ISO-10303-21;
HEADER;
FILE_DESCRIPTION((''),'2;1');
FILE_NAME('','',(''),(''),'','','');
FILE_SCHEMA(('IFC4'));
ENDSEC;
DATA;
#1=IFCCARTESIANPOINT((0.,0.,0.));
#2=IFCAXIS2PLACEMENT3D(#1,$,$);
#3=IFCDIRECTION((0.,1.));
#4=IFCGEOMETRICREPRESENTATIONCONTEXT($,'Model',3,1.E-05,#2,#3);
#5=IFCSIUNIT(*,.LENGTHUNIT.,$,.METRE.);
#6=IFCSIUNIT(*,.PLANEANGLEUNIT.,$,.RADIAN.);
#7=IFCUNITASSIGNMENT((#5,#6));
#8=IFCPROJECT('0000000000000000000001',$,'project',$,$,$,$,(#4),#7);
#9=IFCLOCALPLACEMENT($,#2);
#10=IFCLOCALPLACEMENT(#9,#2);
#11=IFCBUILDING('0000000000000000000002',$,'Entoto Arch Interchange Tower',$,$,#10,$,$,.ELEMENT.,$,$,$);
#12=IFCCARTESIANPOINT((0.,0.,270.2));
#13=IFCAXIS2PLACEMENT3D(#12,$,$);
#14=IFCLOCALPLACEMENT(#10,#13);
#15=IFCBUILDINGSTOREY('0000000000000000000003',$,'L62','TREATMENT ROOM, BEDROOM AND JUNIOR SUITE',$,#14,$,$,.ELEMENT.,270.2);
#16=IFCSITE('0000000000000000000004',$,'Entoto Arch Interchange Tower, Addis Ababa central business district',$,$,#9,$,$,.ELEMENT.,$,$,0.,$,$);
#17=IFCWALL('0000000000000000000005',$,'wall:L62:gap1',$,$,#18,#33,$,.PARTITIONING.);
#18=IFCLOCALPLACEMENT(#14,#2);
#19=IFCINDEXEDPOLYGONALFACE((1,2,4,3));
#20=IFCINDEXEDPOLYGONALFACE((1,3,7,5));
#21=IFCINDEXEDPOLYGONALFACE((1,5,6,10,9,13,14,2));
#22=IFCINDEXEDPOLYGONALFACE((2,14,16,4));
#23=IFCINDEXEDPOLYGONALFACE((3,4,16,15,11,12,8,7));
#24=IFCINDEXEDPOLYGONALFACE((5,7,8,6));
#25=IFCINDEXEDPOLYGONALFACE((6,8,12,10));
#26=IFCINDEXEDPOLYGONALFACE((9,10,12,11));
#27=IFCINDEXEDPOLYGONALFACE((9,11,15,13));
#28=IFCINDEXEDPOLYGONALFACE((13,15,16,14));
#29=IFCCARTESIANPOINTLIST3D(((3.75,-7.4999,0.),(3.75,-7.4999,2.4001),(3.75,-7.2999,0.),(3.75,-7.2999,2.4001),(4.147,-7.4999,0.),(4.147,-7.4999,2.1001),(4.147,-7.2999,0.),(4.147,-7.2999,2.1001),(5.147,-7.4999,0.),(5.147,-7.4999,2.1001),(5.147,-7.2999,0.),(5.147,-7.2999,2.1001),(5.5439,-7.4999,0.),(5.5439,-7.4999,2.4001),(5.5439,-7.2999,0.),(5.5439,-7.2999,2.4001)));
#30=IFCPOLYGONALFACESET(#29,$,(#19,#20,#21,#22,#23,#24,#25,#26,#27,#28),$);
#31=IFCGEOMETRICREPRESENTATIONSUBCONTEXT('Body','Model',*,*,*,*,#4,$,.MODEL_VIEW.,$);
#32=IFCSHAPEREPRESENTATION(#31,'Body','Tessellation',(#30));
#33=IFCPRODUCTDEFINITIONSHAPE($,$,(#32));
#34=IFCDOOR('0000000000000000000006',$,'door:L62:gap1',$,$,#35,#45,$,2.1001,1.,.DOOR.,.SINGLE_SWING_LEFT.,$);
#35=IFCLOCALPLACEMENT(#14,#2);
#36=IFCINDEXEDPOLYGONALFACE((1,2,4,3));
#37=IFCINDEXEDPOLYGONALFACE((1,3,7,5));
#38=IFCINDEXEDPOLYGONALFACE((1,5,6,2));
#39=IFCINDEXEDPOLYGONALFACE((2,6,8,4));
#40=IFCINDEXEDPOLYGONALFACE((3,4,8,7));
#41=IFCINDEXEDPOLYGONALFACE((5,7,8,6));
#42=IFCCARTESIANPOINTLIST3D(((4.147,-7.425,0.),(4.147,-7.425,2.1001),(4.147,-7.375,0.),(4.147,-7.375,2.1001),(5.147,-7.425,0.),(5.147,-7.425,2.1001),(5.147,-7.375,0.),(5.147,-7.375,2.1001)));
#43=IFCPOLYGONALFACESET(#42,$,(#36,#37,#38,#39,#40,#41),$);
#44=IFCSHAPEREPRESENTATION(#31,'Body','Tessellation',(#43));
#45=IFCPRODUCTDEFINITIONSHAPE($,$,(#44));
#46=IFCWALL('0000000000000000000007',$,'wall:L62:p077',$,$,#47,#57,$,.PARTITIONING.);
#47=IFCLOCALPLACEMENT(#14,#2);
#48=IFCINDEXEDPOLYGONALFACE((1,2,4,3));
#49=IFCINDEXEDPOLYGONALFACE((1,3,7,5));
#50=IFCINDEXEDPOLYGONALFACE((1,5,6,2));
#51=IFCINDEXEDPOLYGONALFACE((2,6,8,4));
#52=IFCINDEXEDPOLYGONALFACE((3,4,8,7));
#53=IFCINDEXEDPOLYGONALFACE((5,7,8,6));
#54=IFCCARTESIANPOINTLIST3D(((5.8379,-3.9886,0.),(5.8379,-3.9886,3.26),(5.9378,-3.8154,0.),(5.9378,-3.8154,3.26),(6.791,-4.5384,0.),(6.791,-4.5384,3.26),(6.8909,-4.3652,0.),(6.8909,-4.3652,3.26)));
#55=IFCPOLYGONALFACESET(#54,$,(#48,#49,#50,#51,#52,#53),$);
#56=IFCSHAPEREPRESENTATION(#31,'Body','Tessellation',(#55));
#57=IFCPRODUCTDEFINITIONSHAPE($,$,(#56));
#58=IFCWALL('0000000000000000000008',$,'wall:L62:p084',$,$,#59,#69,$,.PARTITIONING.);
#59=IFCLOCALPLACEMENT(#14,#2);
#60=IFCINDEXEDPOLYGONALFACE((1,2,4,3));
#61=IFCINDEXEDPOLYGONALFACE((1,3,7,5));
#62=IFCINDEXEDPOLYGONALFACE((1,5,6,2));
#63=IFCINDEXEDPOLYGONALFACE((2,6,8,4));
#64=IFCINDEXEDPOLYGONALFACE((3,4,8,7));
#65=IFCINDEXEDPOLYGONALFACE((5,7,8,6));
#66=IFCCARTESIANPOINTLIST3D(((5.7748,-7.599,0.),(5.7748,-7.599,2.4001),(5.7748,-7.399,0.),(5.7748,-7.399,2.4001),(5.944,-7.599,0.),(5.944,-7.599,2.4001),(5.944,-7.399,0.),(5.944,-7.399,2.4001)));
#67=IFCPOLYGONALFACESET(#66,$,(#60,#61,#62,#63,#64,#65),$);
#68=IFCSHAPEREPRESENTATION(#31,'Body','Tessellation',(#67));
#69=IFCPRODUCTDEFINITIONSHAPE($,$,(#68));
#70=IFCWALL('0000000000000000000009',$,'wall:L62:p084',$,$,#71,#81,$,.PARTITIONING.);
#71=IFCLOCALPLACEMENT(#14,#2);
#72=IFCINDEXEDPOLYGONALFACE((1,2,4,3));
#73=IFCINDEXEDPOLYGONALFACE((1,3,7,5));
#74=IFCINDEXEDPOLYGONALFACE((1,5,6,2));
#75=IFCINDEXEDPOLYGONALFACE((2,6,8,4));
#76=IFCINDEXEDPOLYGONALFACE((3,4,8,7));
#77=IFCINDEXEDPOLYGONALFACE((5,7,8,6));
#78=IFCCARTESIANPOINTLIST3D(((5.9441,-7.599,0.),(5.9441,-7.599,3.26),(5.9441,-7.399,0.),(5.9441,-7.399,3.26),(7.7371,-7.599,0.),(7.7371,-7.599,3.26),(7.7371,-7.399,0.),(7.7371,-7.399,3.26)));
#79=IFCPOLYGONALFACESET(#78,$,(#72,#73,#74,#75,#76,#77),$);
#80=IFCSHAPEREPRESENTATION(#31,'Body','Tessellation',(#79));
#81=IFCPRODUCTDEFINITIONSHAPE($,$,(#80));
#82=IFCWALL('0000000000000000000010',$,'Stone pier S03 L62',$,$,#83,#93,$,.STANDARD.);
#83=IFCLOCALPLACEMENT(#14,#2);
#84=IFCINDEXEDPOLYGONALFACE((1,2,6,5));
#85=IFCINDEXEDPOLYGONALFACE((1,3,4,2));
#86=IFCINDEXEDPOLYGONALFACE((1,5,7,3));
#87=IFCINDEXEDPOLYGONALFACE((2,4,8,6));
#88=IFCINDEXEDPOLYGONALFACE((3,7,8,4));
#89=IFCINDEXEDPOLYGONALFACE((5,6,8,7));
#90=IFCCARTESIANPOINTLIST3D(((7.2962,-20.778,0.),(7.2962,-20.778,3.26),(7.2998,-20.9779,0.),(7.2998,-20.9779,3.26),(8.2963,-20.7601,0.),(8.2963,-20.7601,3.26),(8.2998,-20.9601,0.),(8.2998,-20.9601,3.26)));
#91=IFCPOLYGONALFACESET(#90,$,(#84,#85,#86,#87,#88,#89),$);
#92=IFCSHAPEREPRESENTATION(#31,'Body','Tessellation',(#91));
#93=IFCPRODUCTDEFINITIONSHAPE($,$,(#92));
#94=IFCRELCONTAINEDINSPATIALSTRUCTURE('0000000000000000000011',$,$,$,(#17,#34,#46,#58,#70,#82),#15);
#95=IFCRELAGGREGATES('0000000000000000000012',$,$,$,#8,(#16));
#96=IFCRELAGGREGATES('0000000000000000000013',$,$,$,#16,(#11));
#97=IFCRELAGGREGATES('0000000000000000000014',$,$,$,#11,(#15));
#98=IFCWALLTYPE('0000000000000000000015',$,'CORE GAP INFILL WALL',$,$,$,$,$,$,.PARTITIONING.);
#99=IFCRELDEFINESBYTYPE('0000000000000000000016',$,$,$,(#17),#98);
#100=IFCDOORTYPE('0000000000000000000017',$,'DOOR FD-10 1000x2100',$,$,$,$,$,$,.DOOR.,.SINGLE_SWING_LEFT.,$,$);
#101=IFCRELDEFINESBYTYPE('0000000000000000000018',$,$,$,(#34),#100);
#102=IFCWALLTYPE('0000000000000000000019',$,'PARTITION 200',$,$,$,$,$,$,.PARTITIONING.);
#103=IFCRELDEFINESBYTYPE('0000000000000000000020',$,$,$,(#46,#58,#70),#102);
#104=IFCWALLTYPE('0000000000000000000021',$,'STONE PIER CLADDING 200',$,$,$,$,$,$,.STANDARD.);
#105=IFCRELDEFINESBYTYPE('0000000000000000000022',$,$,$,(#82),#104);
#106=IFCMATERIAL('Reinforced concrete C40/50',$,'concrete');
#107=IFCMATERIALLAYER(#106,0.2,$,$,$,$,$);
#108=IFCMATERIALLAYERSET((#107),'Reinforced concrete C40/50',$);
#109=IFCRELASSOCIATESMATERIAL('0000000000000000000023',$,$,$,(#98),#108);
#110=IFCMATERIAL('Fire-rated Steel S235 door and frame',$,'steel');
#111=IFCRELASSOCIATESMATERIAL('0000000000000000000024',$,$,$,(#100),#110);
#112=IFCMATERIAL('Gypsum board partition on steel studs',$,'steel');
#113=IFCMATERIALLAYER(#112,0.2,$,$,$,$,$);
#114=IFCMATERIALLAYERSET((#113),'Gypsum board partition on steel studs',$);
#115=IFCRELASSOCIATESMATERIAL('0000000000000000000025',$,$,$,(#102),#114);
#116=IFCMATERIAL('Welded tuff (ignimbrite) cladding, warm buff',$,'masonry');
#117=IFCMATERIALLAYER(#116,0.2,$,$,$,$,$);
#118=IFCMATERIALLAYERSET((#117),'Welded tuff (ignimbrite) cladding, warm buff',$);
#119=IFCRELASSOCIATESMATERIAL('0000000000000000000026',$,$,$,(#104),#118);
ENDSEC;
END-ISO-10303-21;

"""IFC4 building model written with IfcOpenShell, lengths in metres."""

from ifc_helpers import new_model, si_unit, direction, frame, frame_2d, origin, place, context, subcontext, project, spatial, rectangle, extrude, material, layer, layer_set, type_object, element, fill, save


model = new_model("IFC4")

# Units and contexts
model_context = context("Model", 3, precision=1e-05, world=origin(), true_north=direction((0.0, 1.0)))
body_context = subcontext(model_context, "Body", "Model", "MODEL_VIEW")
ifc_project = project(units=[si_unit("LENGTHUNIT", "METRE"), si_unit("PLANEANGLEUNIT", "RADIAN")], contexts=[model_context])

# Site, building, storey
site_placement = place(None, origin())
site = spatial("IfcSite", under=ifc_project, at=site_placement, Name="Entoto Arch Interchange Tower, Addis Ababa central business district", CompositionType="ELEMENT", RefElevation=0.0)
building_placement = place(site_placement, origin())
building = spatial("IfcBuilding", under=site, at=building_placement, Name="Entoto Arch Interchange Tower", CompositionType="ELEMENT")
storey_placement = place(building_placement, frame((0.0, 0.0, 270.2)))
storey = spatial("IfcBuildingStorey", under=building, at=storey_placement, Name="L62", Description="TREATMENT ROOM, BEDROOM AND JUNIOR SUITE", CompositionType="ELEMENT", Elevation=270.2)

# Wall, opening, door
ifc_material_1 = material(Name="Reinforced concrete C40/50", Category="concrete")
ifc_layer_1 = layer(ifc_material_1, 0.2)
ifc_layer_set_1 = layer_set([ifc_layer_1], Name="Reinforced concrete C40/50")
wall_type_1 = type_object("IfcWallType", Name="CORE GAP INFILL WALL", PredefinedType="PARTITIONING", material=ifc_layer_set_1)
wall_1_placement = place(storey_placement, frame((3.75, -7.3999, 0.0), z_axis=(0.0, 0.0, 1.0), x_axis=(1.0, 0.0, 0.0)))
wall_1 = element("IfcWall", 1, at=wall_1_placement, inside=storey, type_object=wall_type_1, Name="wall:L62:gap1", PredefinedType="PARTITIONING", context=body_context, shape_type="SweptSolid", body=[
    extrude(rectangle(XDim=1.7939, YDim=0.2, at=frame_2d((0.897, 0.0))), origin(), (0.0, 0.0, 1.0), 2.4001),
])
opening_placement = place(wall_1_placement, frame((0.397, 0.0, 0.0)))
opening = element("IfcOpeningElement", 2, at=opening_placement, cuts=wall_1, PredefinedType="OPENING", context=body_context, shape_type="SweptSolid", body=[
    extrude(rectangle(XDim=1.0, YDim=2.1001, at=frame_2d((0.5, 1.05))), frame((0.0, 0.1099, 0.0), z_axis=(0.0, -1.0, 0.0), x_axis=(1.0, 0.0, 0.0)), (0.0, 0.0, 1.0), 0.22),
])
ifc_material_2 = material(Name="Fire-rated Steel S235 door and frame", Category="steel")
door_type = type_object("IfcDoorType", Name="DOOR FD-10 1000x2100", OperationType="SINGLE_SWING_LEFT", PredefinedType="DOOR", material=ifc_material_2)
door_placement = place(opening_placement, origin())
door = element("IfcDoor", 3, at=door_placement, inside=storey, type_object=door_type, Name="door:L62:gap1", OperationType="SINGLE_SWING_LEFT", OverallHeight=2.1001, OverallWidth=1.0, PredefinedType="DOOR", context=body_context, shape_type="SweptSolid", body=[
    extrude(rectangle(XDim=1.0, YDim=2.1001, at=frame_2d((0.5, 1.05))), frame((0.0, 0.0249, 0.0), z_axis=(0.0, -1.0, 0.0), x_axis=(1.0, 0.0, 0.0)), (0.0, 0.0, 1.0), 0.05),
])
fill(opening, door)

# Walls
ifc_material_3 = material(Name="Gypsum board partition on steel studs", Category="steel")
ifc_layer_2 = layer(ifc_material_3, 0.2)
ifc_layer_set_2 = layer_set([ifc_layer_2], Name="Gypsum board partition on steel studs")
wall_type_2 = type_object("IfcWallType", Name="PARTITION 200", PredefinedType="PARTITIONING", material=ifc_layer_set_2)
wall_2_placement = place(storey_placement, frame((6.8411, -4.4519, 0.0), z_axis=(0.0, 0.0, 1.0), x_axis=(-0.866215, 0.499671, 0.0)))
element("IfcWall", 4, at=wall_2_placement, inside=storey, type_object=wall_type_2, Name="wall:L62:p077", PredefinedType="PARTITIONING", context=body_context, shape_type="SweptSolid", body=[
    extrude(rectangle(XDim=1.1003, YDim=0.2, at=frame_2d((0.5503, 0.0))), origin(), (0.0, 0.0, 1.0), 3.26),
])
wall_3_placement = place(storey_placement, frame((5.7749, -7.499, 0.0), z_axis=(0.0, 0.0, 1.0), x_axis=(1.0, 0.0, 0.0)))
element("IfcWall", 5, at=wall_3_placement, inside=storey, type_object=wall_type_2, Name="wall:L62:p084", PredefinedType="PARTITIONING", context=body_context, shape_type="SweptSolid", body=[
    extrude(rectangle(XDim=0.1692, YDim=0.2, at=frame_2d((0.0845, 0.0))), origin(), (0.0, 0.0, 1.0), 2.4001),
])
wall_4_placement = place(storey_placement, frame((5.9441, -7.499, 0.0), z_axis=(0.0, 0.0, 1.0), x_axis=(1.0, 0.0, 0.0)))
element("IfcWall", 6, at=wall_4_placement, inside=storey, type_object=wall_type_2, Name="wall:L62:p084", PredefinedType="PARTITIONING", context=body_context, shape_type="SweptSolid", body=[
    extrude(rectangle(XDim=1.793, YDim=0.2, at=frame_2d((0.8965, 0.0))), origin(), (0.0, 0.0, 1.0), 3.26),
])
ifc_material_4 = material(Name="Welded tuff (ignimbrite) cladding, warm buff", Category="masonry")
ifc_layer_3 = layer(ifc_material_4, 0.2)
ifc_layer_set_3 = layer_set([ifc_layer_3], Name="Welded tuff (ignimbrite) cladding, warm buff")
wall_type_3 = type_object("IfcWallType", Name="STONE PIER CLADDING 200", PredefinedType="STANDARD", material=ifc_layer_set_3)
wall_5_placement = place(storey_placement, frame((7.2981, -20.8779, 0.0), z_axis=(0.0, 0.0, 1.0), x_axis=(0.999841, 0.017819, 0.0)))
element("IfcWall", 7, at=wall_5_placement, inside=storey, type_object=wall_type_3, Name="Stone pier S03 L62", PredefinedType="STANDARD", context=body_context, shape_type="SweptSolid", body=[
    extrude(rectangle(XDim=1.0002, YDim=0.2, at=frame_2d((0.5, 0.0))), origin(), (0.0, 0.0, 1.0), 3.26),
])

save(model, "model.ifc")
